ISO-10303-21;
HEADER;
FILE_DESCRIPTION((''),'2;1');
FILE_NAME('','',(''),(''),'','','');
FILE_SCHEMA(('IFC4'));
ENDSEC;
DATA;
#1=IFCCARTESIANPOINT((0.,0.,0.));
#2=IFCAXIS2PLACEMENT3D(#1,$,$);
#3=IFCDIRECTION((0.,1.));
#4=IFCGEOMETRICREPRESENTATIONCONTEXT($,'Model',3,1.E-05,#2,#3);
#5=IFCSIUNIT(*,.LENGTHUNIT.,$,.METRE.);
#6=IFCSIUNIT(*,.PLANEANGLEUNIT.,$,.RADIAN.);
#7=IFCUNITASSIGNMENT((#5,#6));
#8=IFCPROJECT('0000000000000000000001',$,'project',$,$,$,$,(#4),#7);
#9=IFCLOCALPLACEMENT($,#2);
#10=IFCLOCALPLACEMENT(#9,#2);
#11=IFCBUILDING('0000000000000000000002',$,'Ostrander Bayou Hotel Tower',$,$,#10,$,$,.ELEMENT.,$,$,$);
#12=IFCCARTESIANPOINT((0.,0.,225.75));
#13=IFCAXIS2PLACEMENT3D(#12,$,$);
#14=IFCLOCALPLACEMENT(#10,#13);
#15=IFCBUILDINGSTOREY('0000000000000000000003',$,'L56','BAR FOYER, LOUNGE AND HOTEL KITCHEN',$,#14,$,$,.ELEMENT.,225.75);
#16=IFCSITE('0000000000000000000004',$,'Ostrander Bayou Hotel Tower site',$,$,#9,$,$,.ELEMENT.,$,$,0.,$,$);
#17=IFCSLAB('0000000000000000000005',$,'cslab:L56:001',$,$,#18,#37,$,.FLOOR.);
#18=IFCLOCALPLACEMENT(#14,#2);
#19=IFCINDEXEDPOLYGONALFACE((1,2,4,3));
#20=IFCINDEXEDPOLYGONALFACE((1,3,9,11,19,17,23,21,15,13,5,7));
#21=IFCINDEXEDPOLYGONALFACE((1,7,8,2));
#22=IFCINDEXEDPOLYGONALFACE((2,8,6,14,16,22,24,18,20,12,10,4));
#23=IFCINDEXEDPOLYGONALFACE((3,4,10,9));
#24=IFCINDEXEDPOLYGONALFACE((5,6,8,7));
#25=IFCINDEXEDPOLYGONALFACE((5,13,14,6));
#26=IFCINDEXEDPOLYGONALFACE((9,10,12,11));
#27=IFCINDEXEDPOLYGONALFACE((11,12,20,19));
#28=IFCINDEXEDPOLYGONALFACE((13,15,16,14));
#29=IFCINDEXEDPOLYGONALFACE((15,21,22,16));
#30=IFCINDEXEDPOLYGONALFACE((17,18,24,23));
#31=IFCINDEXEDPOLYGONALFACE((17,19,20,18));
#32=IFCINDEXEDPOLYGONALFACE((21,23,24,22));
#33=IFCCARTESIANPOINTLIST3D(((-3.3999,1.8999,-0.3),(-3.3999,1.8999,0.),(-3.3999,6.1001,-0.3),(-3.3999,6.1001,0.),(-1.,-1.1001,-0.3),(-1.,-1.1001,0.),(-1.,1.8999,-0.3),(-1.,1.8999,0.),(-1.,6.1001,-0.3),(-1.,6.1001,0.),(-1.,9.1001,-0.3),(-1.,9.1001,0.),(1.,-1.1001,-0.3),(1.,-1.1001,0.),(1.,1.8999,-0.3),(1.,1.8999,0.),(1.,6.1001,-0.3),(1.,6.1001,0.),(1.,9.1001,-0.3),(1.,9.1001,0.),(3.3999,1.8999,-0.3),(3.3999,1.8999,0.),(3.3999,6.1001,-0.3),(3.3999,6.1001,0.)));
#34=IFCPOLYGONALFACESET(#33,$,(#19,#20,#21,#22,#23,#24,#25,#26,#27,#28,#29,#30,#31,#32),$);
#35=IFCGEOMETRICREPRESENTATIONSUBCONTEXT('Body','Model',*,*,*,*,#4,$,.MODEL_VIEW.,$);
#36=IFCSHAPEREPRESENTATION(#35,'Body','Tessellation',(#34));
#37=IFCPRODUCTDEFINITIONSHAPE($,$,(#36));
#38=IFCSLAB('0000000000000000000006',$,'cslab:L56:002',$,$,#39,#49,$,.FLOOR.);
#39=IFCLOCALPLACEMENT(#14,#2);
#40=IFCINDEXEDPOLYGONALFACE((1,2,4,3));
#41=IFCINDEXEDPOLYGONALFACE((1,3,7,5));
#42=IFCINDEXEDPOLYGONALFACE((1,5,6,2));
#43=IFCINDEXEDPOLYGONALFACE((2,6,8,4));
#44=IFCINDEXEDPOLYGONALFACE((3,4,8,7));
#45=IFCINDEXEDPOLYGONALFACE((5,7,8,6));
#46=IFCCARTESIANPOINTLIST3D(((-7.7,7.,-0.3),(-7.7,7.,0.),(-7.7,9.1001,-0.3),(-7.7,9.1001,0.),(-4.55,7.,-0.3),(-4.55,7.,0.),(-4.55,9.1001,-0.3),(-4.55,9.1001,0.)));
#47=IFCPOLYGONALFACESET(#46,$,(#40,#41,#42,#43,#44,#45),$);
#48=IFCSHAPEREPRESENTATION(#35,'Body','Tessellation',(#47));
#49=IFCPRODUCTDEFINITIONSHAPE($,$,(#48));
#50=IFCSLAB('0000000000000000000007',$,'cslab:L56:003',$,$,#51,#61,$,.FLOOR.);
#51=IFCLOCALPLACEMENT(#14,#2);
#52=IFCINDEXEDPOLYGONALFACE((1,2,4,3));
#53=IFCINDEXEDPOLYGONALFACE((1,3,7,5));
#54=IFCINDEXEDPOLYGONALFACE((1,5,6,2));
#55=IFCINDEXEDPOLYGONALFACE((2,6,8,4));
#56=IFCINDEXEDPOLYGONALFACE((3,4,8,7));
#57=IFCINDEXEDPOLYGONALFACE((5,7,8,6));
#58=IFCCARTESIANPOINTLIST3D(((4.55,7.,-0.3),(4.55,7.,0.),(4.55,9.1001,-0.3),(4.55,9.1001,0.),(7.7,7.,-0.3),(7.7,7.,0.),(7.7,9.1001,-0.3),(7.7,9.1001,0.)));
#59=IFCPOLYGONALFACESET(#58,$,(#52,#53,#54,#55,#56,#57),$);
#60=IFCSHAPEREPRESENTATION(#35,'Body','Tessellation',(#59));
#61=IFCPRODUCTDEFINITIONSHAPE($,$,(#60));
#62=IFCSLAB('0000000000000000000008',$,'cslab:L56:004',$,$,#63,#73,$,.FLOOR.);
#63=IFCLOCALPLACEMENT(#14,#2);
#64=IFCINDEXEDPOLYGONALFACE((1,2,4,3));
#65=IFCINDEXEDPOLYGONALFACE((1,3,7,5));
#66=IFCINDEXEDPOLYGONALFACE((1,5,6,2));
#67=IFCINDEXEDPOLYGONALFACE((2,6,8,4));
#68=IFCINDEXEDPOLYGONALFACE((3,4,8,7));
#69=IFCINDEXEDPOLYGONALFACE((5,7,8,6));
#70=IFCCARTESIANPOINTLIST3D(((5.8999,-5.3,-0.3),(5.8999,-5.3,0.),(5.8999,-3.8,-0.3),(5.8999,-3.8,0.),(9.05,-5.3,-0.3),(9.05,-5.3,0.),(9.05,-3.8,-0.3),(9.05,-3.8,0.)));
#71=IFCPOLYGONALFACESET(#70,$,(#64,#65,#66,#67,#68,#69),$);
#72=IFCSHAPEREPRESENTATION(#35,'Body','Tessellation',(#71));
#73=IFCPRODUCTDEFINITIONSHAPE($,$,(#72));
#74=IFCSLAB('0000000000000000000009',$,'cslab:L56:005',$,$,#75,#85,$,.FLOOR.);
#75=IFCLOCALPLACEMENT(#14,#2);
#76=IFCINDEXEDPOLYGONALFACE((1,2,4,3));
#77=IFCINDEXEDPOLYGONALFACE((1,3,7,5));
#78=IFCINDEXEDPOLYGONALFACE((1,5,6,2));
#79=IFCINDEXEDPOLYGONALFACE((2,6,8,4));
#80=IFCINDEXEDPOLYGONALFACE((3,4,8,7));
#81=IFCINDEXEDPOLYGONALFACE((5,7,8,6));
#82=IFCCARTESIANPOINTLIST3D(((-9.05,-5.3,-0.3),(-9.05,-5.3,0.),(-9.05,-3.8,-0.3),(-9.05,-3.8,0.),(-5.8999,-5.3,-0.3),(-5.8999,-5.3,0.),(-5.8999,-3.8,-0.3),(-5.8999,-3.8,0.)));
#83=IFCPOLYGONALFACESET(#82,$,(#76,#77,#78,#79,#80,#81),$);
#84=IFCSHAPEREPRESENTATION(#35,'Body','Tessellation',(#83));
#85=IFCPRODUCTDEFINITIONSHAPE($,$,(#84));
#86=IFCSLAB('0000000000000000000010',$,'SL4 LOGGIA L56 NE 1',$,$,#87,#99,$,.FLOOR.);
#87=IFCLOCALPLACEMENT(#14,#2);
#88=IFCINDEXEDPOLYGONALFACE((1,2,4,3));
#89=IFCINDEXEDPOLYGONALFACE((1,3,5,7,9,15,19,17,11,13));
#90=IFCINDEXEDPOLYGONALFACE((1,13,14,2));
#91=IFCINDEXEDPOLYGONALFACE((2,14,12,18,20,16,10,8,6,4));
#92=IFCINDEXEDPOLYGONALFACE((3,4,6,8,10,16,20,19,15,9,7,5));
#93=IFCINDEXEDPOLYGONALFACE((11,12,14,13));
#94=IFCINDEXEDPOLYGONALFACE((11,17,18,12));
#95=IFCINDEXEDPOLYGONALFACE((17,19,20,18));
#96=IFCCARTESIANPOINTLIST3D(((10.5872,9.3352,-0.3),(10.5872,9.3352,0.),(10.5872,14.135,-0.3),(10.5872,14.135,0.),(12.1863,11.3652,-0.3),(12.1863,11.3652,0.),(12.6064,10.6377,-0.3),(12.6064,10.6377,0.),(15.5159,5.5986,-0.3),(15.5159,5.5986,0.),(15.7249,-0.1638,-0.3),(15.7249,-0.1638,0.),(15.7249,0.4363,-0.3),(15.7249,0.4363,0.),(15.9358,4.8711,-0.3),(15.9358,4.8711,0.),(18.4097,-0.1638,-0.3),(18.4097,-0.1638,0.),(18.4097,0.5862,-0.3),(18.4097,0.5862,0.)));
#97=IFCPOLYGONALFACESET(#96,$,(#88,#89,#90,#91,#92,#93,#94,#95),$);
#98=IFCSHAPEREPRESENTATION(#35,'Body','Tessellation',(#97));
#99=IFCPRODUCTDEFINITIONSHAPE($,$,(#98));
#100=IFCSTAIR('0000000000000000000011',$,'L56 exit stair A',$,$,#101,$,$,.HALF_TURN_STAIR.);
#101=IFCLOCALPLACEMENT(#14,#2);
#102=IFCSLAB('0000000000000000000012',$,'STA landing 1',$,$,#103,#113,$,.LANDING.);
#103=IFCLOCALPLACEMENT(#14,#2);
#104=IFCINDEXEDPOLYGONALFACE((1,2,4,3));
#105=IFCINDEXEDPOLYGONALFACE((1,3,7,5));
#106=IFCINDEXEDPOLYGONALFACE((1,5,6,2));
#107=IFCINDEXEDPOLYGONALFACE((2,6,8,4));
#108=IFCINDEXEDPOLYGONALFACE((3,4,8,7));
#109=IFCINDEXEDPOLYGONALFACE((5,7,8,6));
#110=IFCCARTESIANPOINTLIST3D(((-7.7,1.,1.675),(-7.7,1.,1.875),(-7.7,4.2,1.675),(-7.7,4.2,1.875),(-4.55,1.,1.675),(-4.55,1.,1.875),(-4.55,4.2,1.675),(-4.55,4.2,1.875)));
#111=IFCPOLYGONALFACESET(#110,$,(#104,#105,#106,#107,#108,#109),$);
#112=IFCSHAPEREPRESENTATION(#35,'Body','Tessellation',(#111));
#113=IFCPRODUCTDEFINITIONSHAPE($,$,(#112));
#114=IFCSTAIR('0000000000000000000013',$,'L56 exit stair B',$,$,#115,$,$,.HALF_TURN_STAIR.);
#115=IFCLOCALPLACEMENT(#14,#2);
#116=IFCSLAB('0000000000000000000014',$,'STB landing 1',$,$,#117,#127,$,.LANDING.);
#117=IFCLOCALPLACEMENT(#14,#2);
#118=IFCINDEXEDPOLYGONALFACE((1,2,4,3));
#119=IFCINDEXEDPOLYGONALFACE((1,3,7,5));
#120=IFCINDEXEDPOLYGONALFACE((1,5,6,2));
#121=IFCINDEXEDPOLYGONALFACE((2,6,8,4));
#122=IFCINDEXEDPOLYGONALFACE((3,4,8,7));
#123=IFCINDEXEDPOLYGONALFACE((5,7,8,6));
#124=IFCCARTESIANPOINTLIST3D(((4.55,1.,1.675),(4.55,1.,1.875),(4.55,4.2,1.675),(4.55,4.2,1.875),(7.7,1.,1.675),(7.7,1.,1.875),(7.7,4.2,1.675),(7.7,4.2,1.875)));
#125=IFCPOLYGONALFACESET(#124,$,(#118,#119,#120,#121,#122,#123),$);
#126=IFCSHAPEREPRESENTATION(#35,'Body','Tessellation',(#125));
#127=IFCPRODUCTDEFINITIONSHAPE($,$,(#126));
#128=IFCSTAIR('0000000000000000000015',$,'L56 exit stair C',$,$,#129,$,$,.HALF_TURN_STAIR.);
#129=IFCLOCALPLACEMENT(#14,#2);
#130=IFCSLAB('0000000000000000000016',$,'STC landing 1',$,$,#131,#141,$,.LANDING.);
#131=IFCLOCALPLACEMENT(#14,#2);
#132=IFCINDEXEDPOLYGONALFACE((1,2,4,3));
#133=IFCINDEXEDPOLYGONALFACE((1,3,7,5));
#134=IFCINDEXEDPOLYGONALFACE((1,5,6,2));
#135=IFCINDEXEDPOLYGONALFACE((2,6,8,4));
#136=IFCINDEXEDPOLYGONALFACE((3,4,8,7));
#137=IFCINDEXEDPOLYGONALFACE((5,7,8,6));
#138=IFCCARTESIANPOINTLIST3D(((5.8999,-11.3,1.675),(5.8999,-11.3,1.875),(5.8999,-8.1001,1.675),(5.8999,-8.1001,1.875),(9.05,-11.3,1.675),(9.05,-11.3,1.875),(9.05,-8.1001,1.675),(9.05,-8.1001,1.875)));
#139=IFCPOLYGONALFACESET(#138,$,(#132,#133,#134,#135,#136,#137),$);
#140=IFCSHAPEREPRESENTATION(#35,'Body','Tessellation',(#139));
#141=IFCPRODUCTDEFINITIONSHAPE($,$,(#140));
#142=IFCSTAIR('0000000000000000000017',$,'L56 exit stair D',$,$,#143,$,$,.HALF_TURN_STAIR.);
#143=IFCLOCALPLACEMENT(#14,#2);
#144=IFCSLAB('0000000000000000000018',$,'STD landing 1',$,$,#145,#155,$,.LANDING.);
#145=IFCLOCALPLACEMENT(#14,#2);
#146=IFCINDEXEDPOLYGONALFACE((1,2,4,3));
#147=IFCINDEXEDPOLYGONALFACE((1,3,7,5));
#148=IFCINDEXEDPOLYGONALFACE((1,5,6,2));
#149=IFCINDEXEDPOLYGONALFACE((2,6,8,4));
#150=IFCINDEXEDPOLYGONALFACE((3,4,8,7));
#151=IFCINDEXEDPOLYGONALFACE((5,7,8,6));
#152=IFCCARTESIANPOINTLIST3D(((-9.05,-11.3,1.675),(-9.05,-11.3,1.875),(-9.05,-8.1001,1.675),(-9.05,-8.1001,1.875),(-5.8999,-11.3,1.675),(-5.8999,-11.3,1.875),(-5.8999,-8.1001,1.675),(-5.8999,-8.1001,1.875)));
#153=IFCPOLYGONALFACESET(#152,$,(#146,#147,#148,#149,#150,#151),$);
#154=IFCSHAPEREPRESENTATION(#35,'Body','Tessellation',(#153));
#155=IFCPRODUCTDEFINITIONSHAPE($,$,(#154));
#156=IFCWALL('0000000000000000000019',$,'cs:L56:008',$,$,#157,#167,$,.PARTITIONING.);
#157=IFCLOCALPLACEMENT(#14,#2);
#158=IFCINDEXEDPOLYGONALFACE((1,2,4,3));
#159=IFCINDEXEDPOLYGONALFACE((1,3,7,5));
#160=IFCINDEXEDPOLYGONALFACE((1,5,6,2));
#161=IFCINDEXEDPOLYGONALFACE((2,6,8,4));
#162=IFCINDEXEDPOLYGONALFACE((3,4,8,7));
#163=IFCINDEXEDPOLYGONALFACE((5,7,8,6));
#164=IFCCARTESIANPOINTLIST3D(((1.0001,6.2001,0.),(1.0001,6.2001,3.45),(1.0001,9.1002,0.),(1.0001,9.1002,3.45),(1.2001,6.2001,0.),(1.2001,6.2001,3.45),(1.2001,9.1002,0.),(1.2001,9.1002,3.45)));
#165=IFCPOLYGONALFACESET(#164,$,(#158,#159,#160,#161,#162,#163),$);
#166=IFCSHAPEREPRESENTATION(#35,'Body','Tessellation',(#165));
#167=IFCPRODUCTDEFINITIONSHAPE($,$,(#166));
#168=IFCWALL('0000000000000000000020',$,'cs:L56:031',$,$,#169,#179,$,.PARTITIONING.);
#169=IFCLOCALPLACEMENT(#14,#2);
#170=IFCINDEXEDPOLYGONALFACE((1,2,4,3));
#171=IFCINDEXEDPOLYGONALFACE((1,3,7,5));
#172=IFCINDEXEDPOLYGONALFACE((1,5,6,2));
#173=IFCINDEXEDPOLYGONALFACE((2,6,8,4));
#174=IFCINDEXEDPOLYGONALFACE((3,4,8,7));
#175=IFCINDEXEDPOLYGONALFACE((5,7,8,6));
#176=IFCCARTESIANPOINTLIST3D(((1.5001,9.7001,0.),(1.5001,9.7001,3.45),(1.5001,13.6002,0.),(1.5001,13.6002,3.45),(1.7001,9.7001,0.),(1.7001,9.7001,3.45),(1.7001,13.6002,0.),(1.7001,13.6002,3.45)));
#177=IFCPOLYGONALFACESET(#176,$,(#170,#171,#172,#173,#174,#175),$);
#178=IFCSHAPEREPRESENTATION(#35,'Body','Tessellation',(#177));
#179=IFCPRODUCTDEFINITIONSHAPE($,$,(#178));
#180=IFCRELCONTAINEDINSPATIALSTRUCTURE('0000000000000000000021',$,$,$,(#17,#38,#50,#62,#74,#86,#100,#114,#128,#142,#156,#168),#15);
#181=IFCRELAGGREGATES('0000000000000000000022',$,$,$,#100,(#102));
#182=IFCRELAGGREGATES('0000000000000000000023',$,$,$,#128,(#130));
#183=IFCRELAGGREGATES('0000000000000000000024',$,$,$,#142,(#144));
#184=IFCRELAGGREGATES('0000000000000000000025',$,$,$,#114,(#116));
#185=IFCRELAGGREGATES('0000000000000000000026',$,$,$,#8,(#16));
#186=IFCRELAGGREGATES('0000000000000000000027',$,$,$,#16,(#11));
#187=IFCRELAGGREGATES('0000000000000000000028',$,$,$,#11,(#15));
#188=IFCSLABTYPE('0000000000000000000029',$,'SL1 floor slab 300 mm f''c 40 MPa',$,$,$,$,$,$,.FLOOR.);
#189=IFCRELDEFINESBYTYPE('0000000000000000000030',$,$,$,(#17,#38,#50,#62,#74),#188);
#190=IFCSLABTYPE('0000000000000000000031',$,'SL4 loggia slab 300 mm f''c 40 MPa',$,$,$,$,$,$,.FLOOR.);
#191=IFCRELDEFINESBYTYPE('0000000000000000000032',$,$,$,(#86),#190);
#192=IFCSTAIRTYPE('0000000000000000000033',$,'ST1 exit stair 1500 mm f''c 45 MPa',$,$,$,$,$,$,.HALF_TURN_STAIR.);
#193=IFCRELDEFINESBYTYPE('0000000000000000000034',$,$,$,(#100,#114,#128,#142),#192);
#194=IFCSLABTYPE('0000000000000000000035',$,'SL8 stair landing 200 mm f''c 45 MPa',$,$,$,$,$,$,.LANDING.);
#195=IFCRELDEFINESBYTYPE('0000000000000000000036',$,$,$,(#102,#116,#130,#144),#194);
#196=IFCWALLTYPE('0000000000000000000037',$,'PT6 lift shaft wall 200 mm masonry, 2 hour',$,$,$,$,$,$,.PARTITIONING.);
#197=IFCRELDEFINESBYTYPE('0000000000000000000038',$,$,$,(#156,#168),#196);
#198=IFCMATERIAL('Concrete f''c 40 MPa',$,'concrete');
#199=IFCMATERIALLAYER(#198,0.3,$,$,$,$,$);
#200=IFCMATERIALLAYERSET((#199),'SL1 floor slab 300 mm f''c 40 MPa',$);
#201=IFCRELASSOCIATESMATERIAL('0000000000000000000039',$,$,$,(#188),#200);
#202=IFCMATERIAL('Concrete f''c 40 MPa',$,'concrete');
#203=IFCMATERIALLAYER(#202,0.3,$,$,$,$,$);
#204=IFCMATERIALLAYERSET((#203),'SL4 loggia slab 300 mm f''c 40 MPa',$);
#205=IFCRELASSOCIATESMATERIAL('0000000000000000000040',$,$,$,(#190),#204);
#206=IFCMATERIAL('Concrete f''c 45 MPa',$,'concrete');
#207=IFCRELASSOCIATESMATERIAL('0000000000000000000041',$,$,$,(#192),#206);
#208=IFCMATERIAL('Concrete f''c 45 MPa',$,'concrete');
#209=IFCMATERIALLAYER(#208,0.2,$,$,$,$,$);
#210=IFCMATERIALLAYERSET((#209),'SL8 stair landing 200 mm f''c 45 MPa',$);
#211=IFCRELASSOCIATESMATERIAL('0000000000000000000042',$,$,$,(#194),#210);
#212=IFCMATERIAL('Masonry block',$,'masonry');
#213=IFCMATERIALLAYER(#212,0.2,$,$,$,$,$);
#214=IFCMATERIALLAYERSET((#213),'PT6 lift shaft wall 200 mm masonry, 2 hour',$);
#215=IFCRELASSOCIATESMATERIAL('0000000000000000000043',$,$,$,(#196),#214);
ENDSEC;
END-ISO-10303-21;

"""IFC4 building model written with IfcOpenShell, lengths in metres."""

from ifc_helpers import new_model, si_unit, direction, frame, frame_2d, origin, place, context, subcontext, project, spatial, polyline, rectangle, outline, extrude, material, layer, layer_set, type_object, element, aggregate, save


model = new_model("IFC4")

# Units and contexts
model_context = context("Model", 3, precision=1e-05, world=origin(), true_north=direction((0.0, 1.0)))
body_context = subcontext(model_context, "Body", "Model", "MODEL_VIEW")
ifc_project = project(units=[si_unit("LENGTHUNIT", "METRE"), si_unit("PLANEANGLEUNIT", "RADIAN")], contexts=[model_context])

# Site, building, storey
site_placement = place(None, origin())
site = spatial("IfcSite", under=ifc_project, at=site_placement, Name="Ostrander Bayou Hotel Tower site", CompositionType="ELEMENT", RefElevation=0.0)
building_placement = place(site_placement, origin())
building = spatial("IfcBuilding", under=site, at=building_placement, Name="Ostrander Bayou Hotel Tower", CompositionType="ELEMENT")
storey_placement = place(building_placement, frame((0.0, 0.0, 225.75)))
storey = spatial("IfcBuildingStorey", under=building, at=storey_placement, Name="L56", Description="BAR FOYER, LOUNGE AND HOTEL KITCHEN", CompositionType="ELEMENT", Elevation=225.75)

# Slabs
ifc_material_1 = material(Name="Concrete f'c 40 MPa", Category="concrete")
ifc_layer_1 = layer(ifc_material_1, 0.3)
ifc_layer_set_1 = layer_set([ifc_layer_1], Name="SL1 floor slab 300 mm f'c 40 MPa")
slab_type_1 = type_object("IfcSlabType", Name="SL1 floor slab 300 mm f'c 40 MPa", PredefinedType="FLOOR", material=ifc_layer_set_1)
slab_1_placement = place(storey_placement, frame((0.0, 0.0, -0.3)))
element("IfcSlab", 1, at=slab_1_placement, inside=storey, type_object=slab_type_1, Name="cslab:L56:001", PredefinedType="FLOOR", context=body_context, shape_type="SweptSolid", body=[
    extrude(outline(polyline([(-3.3999, 6.1001), (-1.0, 6.1001), (-1.0, 9.1001), (1.0, 9.1001), (1.0, 6.1001), (3.3999, 6.1001), (3.3999, 1.8999), (1.0, 1.8999), (1.0, -1.1001), (-1.0, -1.1001), (-1.0, 1.8999), (-3.3999, 1.8999), (-3.3999, 6.1001)])), origin(), (0.0, 0.0, 1.0), 0.3),
])
slab_2_placement = place(storey_placement, frame((0.0, 0.0, -0.3)))
element("IfcSlab", 2, at=slab_2_placement, inside=storey, type_object=slab_type_1, Name="cslab:L56:002", PredefinedType="FLOOR", context=body_context, shape_type="SweptSolid", body=[
    extrude(outline(polyline([(-4.55, 7.0), (-4.55, 9.1001), (-7.7, 9.1001), (-7.7, 7.0), (-4.55, 7.0)])), origin(), (0.0, 0.0, 1.0), 0.3),
])
slab_3_placement = place(storey_placement, frame((0.0, 0.0, -0.3)))
element("IfcSlab", 3, at=slab_3_placement, inside=storey, type_object=slab_type_1, Name="cslab:L56:003", PredefinedType="FLOOR", context=body_context, shape_type="SweptSolid", body=[
    extrude(outline(polyline([(7.7, 7.0), (7.7, 9.1001), (4.55, 9.1001), (4.55, 7.0), (7.7, 7.0)])), origin(), (0.0, 0.0, 1.0), 0.3),
])
slab_4_placement = place(storey_placement, frame((0.0, 0.0, -0.3)))
element("IfcSlab", 4, at=slab_4_placement, inside=storey, type_object=slab_type_1, Name="cslab:L56:004", PredefinedType="FLOOR", context=body_context, shape_type="SweptSolid", body=[
    extrude(outline(polyline([(9.05, -5.3), (9.05, -3.8), (5.8999, -3.8), (5.8999, -5.3), (9.05, -5.3)])), origin(), (0.0, 0.0, 1.0), 0.3),
])
slab_5_placement = place(storey_placement, frame((0.0, 0.0, -0.3)))
element("IfcSlab", 5, at=slab_5_placement, inside=storey, type_object=slab_type_1, Name="cslab:L56:005", PredefinedType="FLOOR", context=body_context, shape_type="SweptSolid", body=[
    extrude(outline(polyline([(-5.8999, -5.3), (-5.8999, -3.8), (-9.05, -3.8), (-9.05, -5.3), (-5.8999, -5.3)])), origin(), (0.0, 0.0, 1.0), 0.3),
])
ifc_material_2 = material(Name="Concrete f'c 40 MPa", Category="concrete")
ifc_layer_2 = layer(ifc_material_2, 0.3)
ifc_layer_set_2 = layer_set([ifc_layer_2], Name="SL4 loggia slab 300 mm f'c 40 MPa")
slab_type_2 = type_object("IfcSlabType", Name="SL4 loggia slab 300 mm f'c 40 MPa", PredefinedType="FLOOR", material=ifc_layer_set_2)
slab_6_placement = place(storey_placement, frame((0.0, 0.0, -0.3)))
element("IfcSlab", 6, at=slab_6_placement, inside=storey, type_object=slab_type_2, Name="SL4 LOGGIA L56 NE 1", PredefinedType="FLOOR", context=body_context, shape_type="SweptSolid", body=[
    extrude(outline(polyline([(10.5872, 14.135), (12.1863, 11.3652), (12.6064, 10.6377), (15.5159, 5.5986), (15.9358, 4.8711), (18.4097, 0.5862), (18.4097, -0.1638), (15.7249, -0.1638), (15.7249, 0.4363), (10.5872, 9.3352), (10.5872, 14.135)])), origin(), (0.0, 0.0, 1.0), 0.3),
])

# Stairs, slabs
ifc_material_3 = material(Name="Concrete f'c 45 MPa", Category="concrete")
stair_type = type_object("IfcStairType", Name="ST1 exit stair 1500 mm f'c 45 MPa", PredefinedType="HALF_TURN_STAIR", material=ifc_material_3)
stair_1_placement = place(storey_placement, origin())
stair_1 = element("IfcStair", 7, at=stair_1_placement, inside=storey, type_object=stair_type, Name="L56 exit stair A", PredefinedType="HALF_TURN_STAIR")
ifc_material_4 = material(Name="Concrete f'c 45 MPa", Category="concrete")
ifc_layer_3 = layer(ifc_material_4, 0.2)
ifc_layer_set_3 = layer_set([ifc_layer_3], Name="SL8 stair landing 200 mm f'c 45 MPa")
slab_type_3 = type_object("IfcSlabType", Name="SL8 stair landing 200 mm f'c 45 MPa", PredefinedType="LANDING", material=ifc_layer_set_3)
slab_7_placement = place(storey_placement, frame((0.0, 0.0, 1.675)))
slab_7 = element("IfcSlab", 8, at=slab_7_placement, type_object=slab_type_3, Name="STA landing 1", PredefinedType="LANDING", context=body_context, shape_type="SweptSolid", body=[
    extrude(outline(polyline([(-7.7, 4.2), (-7.7, 1.0), (-4.55, 1.0), (-4.55, 4.2), (-7.7, 4.2)])), origin(), (0.0, 0.0, 1.0), 0.2),
])
aggregate(stair_1, [slab_7])
stair_2_placement = place(storey_placement, origin())
stair_2 = element("IfcStair", 9, at=stair_2_placement, inside=storey, type_object=stair_type, Name="L56 exit stair B", PredefinedType="HALF_TURN_STAIR")
slab_8_placement = place(storey_placement, frame((0.0, 0.0, 1.675)))
slab_8 = element("IfcSlab", 10, at=slab_8_placement, type_object=slab_type_3, Name="STB landing 1", PredefinedType="LANDING", context=body_context, shape_type="SweptSolid", body=[
    extrude(outline(polyline([(4.55, 4.2), (4.55, 1.0), (7.7, 1.0), (7.7, 4.2), (4.55, 4.2)])), origin(), (0.0, 0.0, 1.0), 0.2),
])
stair_3_placement = place(storey_placement, origin())
stair_3 = element("IfcStair", 11, at=stair_3_placement, inside=storey, type_object=stair_type, Name="L56 exit stair C", PredefinedType="HALF_TURN_STAIR")
slab_9_placement = place(storey_placement, frame((0.0, 0.0, 1.675)))
slab_9 = element("IfcSlab", 12, at=slab_9_placement, type_object=slab_type_3, Name="STC landing 1", PredefinedType="LANDING", context=body_context, shape_type="SweptSolid", body=[
    extrude(outline(polyline([(5.8999, -8.1001), (5.8999, -11.3), (9.05, -11.3), (9.05, -8.1001), (5.8999, -8.1001)])), origin(), (0.0, 0.0, 1.0), 0.2),
])
aggregate(stair_3, [slab_9])
stair_4_placement = place(storey_placement, origin())
stair_4 = element("IfcStair", 13, at=stair_4_placement, inside=storey, type_object=stair_type, Name="L56 exit stair D", PredefinedType="HALF_TURN_STAIR")
slab_10_placement = place(storey_placement, frame((0.0, 0.0, 1.675)))
slab_10 = element("IfcSlab", 14, at=slab_10_placement, type_object=slab_type_3, Name="STD landing 1", PredefinedType="LANDING", context=body_context, shape_type="SweptSolid", body=[
    extrude(outline(polyline([(-9.05, -8.1001), (-9.05, -11.3), (-5.8999, -11.3), (-5.8999, -8.1001), (-9.05, -8.1001)])), origin(), (0.0, 0.0, 1.0), 0.2),
])
aggregate(stair_4, [slab_10])

# Shared definitions
ifc_material_5 = material(Name="Masonry block", Category="masonry")
ifc_layer_4 = layer(ifc_material_5, 0.2)
ifc_layer_set_4 = layer_set([ifc_layer_4], Name="PT6 lift shaft wall 200 mm masonry, 2 hour")
wall_type_1 = type_object("IfcWallType", Name="PT6 lift shaft wall 200 mm masonry, 2 hour", PredefinedType="PARTITIONING", material=ifc_layer_set_4)

# Walls
wall_1_placement = place(storey_placement, frame((1.1001, 6.2, 0.0), z_axis=(0.0, 0.0, 1.0), x_axis=(0.0, 1.0, 0.0)))
element("IfcWall", 15, at=wall_1_placement, inside=storey, type_object=wall_type_1, Name="cs:L56:008", PredefinedType="PARTITIONING", context=body_context, shape_type="SweptSolid", body=[
    extrude(rectangle(XDim=2.9001, YDim=0.2, at=frame_2d((1.4502, 0.0))), origin(), (0.0, 0.0, 1.0), 3.45),
])
wall_2_placement = place(storey_placement, frame((1.6001, 9.7, 0.0), z_axis=(0.0, 0.0, 1.0), x_axis=(0.0, 1.0, 0.0)))
element("IfcWall", 16, at=wall_2_placement, inside=storey, type_object=wall_type_1, Name="cs:L56:031", PredefinedType="PARTITIONING", context=body_context, shape_type="SweptSolid", body=[
    extrude(rectangle(XDim=3.9001, YDim=0.2, at=frame_2d((1.9502, 0.0))), origin(), (0.0, 0.0, 1.0), 3.45),
])

aggregate(stair_2, [slab_8])

save(model, "model.ifc")
